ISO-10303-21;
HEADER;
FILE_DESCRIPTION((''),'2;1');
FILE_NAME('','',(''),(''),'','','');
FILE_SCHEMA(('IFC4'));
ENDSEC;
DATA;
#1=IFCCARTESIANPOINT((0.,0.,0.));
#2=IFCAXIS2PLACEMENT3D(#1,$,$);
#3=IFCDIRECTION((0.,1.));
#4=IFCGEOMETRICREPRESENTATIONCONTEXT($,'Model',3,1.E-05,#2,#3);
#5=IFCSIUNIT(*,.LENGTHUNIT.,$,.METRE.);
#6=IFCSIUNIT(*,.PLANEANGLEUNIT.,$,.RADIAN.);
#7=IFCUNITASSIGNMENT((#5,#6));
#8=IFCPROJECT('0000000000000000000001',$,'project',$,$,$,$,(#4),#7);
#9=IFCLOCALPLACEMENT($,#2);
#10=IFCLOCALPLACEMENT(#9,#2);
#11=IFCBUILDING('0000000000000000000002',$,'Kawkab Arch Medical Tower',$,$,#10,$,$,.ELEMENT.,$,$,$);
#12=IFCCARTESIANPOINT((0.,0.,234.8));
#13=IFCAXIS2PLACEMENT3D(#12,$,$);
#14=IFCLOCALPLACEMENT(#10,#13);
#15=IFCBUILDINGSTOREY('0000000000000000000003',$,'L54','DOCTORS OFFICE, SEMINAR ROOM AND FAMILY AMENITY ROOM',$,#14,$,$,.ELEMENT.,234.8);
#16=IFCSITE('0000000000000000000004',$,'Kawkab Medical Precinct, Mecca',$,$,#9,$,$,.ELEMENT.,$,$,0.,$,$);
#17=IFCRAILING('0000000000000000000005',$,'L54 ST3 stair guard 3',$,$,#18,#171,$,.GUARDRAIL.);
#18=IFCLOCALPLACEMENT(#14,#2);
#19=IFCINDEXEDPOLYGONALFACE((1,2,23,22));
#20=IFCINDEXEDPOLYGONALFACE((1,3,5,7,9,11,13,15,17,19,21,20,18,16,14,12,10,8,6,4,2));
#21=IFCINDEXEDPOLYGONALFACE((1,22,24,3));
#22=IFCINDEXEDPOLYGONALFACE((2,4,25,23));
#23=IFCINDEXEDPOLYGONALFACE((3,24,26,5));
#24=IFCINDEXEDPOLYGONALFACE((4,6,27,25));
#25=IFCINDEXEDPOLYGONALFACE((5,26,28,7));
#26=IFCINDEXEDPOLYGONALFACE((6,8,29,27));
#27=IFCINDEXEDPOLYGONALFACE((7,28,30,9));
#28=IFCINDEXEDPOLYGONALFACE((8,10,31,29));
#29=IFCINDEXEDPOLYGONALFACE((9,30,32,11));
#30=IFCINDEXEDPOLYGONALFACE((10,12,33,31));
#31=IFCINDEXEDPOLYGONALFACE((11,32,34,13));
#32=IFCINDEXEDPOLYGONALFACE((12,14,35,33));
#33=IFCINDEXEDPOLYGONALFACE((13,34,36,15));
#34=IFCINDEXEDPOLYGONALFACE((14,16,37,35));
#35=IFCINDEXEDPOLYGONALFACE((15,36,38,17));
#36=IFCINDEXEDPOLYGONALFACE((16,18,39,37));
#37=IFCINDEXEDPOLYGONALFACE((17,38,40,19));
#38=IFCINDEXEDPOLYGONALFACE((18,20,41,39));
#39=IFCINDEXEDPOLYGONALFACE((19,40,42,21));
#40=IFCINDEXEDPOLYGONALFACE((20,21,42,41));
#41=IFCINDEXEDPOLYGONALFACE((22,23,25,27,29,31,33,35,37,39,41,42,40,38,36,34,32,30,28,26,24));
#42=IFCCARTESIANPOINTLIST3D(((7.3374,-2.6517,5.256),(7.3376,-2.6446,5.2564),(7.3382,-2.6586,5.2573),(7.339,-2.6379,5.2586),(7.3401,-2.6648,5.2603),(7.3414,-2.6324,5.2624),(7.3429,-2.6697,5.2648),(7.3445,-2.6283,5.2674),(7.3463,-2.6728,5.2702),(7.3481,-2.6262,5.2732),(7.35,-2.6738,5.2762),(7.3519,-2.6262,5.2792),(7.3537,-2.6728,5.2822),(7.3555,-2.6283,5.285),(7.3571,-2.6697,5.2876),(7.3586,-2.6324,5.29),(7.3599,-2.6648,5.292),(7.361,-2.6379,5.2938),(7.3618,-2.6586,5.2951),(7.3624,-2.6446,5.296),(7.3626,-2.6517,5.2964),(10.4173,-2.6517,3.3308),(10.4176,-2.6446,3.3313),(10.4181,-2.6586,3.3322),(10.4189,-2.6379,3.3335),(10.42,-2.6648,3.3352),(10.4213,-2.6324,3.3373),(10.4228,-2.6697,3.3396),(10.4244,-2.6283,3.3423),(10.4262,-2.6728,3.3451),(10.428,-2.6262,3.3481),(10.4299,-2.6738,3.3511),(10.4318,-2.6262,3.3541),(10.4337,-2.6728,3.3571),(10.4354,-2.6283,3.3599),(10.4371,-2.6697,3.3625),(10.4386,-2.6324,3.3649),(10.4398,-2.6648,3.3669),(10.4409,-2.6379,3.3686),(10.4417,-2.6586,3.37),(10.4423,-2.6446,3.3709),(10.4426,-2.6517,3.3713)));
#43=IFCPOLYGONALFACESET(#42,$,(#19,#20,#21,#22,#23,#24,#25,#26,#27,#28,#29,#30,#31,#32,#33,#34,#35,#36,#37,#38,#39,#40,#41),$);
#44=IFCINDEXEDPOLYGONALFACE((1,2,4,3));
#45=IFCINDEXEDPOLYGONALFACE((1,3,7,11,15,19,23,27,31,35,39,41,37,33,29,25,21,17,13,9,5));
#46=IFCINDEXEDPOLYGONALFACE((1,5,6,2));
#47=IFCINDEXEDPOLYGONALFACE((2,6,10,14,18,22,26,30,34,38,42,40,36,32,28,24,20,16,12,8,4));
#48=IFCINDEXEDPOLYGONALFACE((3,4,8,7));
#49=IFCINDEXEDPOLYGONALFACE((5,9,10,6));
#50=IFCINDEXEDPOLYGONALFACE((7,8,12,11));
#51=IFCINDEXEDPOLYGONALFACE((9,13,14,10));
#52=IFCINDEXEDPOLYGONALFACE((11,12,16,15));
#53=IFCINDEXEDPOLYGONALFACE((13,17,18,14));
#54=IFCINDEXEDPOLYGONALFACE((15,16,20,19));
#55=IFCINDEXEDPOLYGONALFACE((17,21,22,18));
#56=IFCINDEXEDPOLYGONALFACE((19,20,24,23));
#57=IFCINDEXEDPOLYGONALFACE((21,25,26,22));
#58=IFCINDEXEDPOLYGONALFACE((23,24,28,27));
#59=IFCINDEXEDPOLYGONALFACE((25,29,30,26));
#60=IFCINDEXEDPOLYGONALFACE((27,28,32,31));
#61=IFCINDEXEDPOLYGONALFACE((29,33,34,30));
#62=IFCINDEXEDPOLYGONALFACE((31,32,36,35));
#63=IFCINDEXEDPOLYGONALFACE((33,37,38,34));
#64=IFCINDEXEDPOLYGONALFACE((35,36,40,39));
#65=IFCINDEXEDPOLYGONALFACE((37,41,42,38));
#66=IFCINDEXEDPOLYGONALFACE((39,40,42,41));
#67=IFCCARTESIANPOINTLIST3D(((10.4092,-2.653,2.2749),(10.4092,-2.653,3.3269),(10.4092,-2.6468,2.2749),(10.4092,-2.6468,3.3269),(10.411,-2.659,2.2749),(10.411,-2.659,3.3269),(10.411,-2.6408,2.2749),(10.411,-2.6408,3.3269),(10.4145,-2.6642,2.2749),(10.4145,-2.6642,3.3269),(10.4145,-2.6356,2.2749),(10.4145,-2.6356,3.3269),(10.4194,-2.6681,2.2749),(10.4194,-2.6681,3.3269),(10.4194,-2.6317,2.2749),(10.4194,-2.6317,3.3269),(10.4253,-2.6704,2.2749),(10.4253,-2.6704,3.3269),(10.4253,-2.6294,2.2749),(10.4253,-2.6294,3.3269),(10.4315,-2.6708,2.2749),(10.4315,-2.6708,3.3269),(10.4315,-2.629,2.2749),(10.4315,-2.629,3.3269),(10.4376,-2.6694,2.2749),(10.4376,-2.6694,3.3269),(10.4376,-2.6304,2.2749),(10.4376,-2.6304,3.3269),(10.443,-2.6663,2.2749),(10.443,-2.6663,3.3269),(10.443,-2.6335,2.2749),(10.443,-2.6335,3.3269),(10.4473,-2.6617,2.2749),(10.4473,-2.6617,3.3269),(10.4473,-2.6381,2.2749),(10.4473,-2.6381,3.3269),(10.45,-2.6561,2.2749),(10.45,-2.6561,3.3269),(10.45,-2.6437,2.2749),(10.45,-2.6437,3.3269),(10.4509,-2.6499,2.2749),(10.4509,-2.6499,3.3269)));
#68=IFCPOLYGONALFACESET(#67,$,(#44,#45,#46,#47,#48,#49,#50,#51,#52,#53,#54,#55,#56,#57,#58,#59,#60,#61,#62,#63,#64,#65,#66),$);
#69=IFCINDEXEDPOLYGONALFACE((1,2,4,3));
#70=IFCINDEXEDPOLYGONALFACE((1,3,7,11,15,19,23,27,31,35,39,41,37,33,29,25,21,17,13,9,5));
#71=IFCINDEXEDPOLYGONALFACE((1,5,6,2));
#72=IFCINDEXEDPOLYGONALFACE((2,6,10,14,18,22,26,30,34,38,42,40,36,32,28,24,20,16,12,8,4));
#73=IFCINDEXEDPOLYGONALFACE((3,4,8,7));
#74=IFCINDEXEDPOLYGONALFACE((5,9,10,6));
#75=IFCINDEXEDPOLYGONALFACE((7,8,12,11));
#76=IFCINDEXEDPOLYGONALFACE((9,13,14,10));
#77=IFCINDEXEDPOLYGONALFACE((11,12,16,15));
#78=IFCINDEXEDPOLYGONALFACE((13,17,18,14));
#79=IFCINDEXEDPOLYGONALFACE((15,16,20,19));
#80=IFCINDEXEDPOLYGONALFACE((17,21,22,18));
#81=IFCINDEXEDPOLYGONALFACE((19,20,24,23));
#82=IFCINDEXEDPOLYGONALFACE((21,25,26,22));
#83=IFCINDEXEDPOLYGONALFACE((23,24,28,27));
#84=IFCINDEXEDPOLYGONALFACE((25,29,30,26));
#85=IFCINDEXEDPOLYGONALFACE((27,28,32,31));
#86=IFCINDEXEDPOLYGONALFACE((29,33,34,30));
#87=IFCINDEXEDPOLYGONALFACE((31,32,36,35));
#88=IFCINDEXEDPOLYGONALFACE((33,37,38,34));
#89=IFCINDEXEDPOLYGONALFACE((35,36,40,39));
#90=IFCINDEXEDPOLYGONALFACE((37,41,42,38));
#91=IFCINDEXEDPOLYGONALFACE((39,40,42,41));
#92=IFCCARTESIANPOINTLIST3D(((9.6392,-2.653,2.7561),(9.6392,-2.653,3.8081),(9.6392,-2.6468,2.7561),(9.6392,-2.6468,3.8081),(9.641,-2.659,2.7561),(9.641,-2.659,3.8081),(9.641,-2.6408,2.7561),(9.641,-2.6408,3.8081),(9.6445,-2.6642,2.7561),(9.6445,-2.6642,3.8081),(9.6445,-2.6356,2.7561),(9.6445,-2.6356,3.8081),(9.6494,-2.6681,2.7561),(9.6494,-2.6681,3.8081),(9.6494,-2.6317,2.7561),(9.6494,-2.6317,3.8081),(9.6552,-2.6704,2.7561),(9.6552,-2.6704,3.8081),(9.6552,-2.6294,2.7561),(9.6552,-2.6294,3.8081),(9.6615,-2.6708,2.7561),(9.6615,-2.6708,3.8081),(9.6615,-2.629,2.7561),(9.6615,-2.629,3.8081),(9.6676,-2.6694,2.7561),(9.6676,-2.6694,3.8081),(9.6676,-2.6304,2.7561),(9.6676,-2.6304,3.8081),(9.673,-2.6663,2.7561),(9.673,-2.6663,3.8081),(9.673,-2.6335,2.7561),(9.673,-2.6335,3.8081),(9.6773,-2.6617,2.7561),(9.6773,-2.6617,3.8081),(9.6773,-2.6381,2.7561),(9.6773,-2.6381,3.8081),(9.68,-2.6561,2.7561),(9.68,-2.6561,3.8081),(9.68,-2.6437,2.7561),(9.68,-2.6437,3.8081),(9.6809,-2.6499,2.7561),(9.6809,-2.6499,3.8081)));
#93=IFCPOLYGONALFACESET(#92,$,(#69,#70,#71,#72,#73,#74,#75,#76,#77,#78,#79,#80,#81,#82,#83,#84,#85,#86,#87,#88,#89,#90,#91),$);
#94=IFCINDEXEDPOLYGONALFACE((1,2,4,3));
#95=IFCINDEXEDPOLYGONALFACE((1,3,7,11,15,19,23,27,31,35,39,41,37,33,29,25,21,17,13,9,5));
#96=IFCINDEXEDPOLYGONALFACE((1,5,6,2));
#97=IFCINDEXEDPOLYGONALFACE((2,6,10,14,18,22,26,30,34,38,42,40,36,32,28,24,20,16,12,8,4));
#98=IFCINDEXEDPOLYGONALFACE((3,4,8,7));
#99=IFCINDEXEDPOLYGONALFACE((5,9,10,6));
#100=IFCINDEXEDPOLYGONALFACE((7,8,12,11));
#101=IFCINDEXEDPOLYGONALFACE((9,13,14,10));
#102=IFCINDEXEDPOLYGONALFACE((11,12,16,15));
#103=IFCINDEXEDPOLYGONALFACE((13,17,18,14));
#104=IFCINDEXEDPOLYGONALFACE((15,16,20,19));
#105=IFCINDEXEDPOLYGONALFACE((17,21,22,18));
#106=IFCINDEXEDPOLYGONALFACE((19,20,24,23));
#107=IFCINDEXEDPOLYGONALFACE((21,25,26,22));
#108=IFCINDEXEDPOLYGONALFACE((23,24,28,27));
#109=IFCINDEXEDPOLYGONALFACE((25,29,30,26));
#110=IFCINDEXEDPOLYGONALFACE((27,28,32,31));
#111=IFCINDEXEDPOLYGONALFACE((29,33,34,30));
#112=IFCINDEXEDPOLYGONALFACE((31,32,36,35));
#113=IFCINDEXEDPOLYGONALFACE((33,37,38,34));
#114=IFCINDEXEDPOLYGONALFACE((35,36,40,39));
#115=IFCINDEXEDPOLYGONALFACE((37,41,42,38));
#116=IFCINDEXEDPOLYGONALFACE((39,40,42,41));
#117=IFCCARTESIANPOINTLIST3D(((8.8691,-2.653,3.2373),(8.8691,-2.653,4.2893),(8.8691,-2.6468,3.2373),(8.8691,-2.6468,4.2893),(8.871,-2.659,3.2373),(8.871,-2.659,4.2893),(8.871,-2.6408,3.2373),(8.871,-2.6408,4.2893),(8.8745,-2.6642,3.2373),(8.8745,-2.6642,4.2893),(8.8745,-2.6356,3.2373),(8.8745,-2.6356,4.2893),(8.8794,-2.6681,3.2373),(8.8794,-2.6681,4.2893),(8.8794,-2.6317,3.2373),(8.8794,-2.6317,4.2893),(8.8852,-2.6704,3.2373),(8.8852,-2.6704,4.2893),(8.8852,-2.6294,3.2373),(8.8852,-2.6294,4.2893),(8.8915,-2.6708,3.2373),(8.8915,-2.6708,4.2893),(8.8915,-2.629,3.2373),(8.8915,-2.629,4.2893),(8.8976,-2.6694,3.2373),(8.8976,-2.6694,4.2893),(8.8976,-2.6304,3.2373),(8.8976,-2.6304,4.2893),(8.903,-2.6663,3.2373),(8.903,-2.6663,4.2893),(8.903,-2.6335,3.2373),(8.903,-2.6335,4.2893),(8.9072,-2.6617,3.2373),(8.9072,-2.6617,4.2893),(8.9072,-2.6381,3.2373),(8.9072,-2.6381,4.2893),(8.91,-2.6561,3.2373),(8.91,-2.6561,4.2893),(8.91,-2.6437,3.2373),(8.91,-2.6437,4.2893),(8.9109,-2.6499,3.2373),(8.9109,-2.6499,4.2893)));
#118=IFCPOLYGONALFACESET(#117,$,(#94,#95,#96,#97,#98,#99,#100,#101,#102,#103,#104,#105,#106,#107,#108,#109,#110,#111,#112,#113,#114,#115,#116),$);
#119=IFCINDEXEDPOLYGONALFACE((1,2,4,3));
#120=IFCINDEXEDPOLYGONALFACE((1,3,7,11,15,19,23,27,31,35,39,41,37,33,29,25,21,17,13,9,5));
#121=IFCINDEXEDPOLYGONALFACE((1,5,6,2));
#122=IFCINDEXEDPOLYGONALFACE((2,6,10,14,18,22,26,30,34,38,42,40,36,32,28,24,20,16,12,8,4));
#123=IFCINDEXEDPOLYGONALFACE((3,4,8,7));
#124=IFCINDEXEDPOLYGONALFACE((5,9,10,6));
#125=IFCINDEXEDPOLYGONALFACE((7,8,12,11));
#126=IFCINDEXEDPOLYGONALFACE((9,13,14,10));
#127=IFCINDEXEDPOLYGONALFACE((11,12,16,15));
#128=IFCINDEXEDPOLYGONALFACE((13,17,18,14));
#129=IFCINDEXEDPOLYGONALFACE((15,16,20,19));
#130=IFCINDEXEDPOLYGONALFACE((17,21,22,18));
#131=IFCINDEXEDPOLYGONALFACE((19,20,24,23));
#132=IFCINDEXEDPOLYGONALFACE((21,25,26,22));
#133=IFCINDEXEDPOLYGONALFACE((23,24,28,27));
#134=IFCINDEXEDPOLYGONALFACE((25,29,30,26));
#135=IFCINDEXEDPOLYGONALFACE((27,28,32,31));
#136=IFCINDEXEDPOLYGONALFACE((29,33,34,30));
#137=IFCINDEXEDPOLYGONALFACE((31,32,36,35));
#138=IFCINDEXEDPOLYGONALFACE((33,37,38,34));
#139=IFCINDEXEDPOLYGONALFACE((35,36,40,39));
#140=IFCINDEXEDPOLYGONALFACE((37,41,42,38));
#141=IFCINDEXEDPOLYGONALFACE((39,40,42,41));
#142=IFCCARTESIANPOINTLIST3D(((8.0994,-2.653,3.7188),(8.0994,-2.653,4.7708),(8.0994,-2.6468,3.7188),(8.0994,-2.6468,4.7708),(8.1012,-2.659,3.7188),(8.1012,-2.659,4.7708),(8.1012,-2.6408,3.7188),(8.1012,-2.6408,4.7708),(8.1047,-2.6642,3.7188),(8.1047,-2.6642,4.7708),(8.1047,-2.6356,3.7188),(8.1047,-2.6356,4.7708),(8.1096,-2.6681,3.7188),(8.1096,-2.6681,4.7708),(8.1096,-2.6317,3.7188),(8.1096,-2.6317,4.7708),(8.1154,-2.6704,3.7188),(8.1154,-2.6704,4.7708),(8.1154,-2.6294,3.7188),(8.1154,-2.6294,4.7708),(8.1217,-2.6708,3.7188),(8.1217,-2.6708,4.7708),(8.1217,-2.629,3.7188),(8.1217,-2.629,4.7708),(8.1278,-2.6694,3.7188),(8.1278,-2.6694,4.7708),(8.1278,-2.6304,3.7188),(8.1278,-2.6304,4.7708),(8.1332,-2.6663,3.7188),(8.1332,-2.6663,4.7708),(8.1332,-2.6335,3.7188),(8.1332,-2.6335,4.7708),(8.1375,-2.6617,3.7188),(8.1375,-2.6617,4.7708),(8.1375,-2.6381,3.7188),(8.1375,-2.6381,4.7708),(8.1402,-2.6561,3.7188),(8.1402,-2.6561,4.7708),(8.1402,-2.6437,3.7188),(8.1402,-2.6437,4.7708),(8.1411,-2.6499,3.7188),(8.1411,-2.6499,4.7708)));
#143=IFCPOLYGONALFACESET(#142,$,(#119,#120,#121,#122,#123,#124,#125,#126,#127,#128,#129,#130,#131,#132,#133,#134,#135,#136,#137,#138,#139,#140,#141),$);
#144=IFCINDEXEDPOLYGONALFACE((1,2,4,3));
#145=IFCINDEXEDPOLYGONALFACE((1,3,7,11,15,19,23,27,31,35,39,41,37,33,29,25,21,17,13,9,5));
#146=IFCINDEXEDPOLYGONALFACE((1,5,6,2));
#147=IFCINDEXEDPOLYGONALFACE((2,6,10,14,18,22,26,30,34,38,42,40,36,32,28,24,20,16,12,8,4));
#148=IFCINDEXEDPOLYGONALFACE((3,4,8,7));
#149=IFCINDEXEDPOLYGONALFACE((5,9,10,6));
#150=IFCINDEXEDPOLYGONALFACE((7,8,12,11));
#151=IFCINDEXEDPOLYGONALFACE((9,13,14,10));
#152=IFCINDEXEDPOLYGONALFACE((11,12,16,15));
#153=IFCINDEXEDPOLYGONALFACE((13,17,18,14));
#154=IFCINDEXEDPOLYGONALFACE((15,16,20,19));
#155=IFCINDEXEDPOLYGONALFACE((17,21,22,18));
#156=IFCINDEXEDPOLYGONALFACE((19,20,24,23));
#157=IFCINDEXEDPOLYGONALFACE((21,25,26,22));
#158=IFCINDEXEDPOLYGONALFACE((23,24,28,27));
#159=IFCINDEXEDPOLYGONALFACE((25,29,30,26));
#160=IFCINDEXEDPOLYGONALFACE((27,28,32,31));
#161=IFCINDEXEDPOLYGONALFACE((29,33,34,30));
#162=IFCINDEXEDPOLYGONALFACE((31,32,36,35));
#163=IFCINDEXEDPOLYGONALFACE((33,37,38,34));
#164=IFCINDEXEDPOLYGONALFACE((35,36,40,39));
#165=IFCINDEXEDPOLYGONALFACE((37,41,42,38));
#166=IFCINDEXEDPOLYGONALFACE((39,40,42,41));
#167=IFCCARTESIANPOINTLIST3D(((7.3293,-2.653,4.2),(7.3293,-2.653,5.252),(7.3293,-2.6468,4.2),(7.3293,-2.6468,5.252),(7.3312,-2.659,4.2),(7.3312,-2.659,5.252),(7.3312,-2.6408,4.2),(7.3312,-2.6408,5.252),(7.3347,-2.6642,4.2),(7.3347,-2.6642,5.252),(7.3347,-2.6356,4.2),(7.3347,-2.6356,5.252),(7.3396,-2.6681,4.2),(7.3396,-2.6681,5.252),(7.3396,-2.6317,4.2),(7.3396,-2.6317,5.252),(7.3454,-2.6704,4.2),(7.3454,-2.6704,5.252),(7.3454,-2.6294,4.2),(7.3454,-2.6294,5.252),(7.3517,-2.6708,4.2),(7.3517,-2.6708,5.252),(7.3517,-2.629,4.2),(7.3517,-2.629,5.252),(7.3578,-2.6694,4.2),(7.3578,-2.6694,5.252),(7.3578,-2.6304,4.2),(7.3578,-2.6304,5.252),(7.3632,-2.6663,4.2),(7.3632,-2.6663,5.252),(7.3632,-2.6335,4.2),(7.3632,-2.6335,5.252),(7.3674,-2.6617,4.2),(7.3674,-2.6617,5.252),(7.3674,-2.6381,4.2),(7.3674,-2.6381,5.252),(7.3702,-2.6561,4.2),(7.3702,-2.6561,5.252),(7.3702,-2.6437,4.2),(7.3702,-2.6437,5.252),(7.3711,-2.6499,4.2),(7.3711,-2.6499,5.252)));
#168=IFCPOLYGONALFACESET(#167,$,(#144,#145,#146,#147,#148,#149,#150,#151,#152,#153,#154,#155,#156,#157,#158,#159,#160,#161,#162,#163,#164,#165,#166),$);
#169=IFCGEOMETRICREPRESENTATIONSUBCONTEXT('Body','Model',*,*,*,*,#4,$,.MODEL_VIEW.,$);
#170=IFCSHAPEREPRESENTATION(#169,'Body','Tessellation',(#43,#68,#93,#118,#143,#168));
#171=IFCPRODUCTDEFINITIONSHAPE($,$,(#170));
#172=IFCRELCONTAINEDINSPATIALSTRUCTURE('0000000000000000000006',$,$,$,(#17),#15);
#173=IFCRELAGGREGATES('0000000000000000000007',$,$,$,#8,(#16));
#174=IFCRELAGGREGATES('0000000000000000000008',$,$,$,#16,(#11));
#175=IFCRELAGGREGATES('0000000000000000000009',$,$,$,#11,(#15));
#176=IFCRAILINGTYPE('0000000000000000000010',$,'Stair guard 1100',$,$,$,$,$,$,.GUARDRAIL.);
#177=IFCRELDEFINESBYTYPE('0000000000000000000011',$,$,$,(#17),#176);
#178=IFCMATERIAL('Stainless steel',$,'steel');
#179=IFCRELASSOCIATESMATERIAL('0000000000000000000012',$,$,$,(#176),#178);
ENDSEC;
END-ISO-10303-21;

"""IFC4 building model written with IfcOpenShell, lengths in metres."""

from ifc_helpers import new_model, si_unit, direction, frame, origin, origin_2d, place, context, subcontext, project, spatial, circle, extrude, material, type_object, element, save


model = new_model("IFC4")

# Units and contexts
model_context = context("Model", 3, precision=1e-05, world=origin(), true_north=direction((0.0, 1.0)))
body_context = subcontext(model_context, "Body", "Model", "MODEL_VIEW")
ifc_project = project(units=[si_unit("LENGTHUNIT", "METRE"), si_unit("PLANEANGLEUNIT", "RADIAN")], contexts=[model_context])

# Site, building, storey
site_placement = place(None, origin())
site = spatial("IfcSite", under=ifc_project, at=site_placement, Name="Kawkab Medical Precinct, Mecca", CompositionType="ELEMENT", RefElevation=0.0)
building_placement = place(site_placement, origin())
building = spatial("IfcBuilding", under=site, at=building_placement, Name="Kawkab Arch Medical Tower", CompositionType="ELEMENT")
storey_placement = place(building_placement, frame((0.0, 0.0, 234.8)))
storey = spatial("IfcBuildingStorey", under=building, at=storey_placement, Name="L54", Description="DOCTORS OFFICE, SEMINAR ROOM AND FAMILY AMENITY ROOM", CompositionType="ELEMENT", Elevation=234.8)

# Railing
ifc_material_1 = material(Name="Stainless steel", Category="steel")
railing_type_1 = type_object("IfcRailingType", Name="Stair guard 1100", PredefinedType="GUARDRAIL", material=ifc_material_1)
railing_1_placement = place(storey_placement, frame((10.4299, -2.6499, 2.2749)))
element("IfcRailing", 1, at=railing_1_placement, inside=storey, type_object=railing_type_1, Name="L54 ST3 stair guard 3", PredefinedType="GUARDRAIL", context=body_context, shape_type="SweptSolid", body=[
    extrude(circle(Radius=0.0239, at=origin_2d()), frame((0.0, 0.0, 1.0762), z_axis=(-0.847979, 0.0, 0.530029), x_axis=(0.0, -1.0, 0.0)), (0.0, 0.0, 1.0), 3.6321),
    extrude(circle(Radius=0.021, at=origin_2d()), origin(), (0.0, 0.0, 1.0), 1.052),
    extrude(circle(Radius=0.021, at=origin_2d()), frame((-0.77, 0.0, 0.4812)), (0.0, 0.0, 1.0), 1.052),
    extrude(circle(Radius=0.021, at=origin_2d()), frame((-1.54, 0.0, 0.9624)), (0.0, 0.0, 1.0), 1.052),
    extrude(circle(Radius=0.021, at=origin_2d()), frame((-2.3098, 0.0, 1.4438)), (0.0, 0.0, 1.0), 1.052),
    extrude(circle(Radius=0.021, at=origin_2d()), frame((-3.0798, 0.0, 1.925)), (0.0, 0.0, 1.0), 1.052),
])

save(model, "model.ifc")
